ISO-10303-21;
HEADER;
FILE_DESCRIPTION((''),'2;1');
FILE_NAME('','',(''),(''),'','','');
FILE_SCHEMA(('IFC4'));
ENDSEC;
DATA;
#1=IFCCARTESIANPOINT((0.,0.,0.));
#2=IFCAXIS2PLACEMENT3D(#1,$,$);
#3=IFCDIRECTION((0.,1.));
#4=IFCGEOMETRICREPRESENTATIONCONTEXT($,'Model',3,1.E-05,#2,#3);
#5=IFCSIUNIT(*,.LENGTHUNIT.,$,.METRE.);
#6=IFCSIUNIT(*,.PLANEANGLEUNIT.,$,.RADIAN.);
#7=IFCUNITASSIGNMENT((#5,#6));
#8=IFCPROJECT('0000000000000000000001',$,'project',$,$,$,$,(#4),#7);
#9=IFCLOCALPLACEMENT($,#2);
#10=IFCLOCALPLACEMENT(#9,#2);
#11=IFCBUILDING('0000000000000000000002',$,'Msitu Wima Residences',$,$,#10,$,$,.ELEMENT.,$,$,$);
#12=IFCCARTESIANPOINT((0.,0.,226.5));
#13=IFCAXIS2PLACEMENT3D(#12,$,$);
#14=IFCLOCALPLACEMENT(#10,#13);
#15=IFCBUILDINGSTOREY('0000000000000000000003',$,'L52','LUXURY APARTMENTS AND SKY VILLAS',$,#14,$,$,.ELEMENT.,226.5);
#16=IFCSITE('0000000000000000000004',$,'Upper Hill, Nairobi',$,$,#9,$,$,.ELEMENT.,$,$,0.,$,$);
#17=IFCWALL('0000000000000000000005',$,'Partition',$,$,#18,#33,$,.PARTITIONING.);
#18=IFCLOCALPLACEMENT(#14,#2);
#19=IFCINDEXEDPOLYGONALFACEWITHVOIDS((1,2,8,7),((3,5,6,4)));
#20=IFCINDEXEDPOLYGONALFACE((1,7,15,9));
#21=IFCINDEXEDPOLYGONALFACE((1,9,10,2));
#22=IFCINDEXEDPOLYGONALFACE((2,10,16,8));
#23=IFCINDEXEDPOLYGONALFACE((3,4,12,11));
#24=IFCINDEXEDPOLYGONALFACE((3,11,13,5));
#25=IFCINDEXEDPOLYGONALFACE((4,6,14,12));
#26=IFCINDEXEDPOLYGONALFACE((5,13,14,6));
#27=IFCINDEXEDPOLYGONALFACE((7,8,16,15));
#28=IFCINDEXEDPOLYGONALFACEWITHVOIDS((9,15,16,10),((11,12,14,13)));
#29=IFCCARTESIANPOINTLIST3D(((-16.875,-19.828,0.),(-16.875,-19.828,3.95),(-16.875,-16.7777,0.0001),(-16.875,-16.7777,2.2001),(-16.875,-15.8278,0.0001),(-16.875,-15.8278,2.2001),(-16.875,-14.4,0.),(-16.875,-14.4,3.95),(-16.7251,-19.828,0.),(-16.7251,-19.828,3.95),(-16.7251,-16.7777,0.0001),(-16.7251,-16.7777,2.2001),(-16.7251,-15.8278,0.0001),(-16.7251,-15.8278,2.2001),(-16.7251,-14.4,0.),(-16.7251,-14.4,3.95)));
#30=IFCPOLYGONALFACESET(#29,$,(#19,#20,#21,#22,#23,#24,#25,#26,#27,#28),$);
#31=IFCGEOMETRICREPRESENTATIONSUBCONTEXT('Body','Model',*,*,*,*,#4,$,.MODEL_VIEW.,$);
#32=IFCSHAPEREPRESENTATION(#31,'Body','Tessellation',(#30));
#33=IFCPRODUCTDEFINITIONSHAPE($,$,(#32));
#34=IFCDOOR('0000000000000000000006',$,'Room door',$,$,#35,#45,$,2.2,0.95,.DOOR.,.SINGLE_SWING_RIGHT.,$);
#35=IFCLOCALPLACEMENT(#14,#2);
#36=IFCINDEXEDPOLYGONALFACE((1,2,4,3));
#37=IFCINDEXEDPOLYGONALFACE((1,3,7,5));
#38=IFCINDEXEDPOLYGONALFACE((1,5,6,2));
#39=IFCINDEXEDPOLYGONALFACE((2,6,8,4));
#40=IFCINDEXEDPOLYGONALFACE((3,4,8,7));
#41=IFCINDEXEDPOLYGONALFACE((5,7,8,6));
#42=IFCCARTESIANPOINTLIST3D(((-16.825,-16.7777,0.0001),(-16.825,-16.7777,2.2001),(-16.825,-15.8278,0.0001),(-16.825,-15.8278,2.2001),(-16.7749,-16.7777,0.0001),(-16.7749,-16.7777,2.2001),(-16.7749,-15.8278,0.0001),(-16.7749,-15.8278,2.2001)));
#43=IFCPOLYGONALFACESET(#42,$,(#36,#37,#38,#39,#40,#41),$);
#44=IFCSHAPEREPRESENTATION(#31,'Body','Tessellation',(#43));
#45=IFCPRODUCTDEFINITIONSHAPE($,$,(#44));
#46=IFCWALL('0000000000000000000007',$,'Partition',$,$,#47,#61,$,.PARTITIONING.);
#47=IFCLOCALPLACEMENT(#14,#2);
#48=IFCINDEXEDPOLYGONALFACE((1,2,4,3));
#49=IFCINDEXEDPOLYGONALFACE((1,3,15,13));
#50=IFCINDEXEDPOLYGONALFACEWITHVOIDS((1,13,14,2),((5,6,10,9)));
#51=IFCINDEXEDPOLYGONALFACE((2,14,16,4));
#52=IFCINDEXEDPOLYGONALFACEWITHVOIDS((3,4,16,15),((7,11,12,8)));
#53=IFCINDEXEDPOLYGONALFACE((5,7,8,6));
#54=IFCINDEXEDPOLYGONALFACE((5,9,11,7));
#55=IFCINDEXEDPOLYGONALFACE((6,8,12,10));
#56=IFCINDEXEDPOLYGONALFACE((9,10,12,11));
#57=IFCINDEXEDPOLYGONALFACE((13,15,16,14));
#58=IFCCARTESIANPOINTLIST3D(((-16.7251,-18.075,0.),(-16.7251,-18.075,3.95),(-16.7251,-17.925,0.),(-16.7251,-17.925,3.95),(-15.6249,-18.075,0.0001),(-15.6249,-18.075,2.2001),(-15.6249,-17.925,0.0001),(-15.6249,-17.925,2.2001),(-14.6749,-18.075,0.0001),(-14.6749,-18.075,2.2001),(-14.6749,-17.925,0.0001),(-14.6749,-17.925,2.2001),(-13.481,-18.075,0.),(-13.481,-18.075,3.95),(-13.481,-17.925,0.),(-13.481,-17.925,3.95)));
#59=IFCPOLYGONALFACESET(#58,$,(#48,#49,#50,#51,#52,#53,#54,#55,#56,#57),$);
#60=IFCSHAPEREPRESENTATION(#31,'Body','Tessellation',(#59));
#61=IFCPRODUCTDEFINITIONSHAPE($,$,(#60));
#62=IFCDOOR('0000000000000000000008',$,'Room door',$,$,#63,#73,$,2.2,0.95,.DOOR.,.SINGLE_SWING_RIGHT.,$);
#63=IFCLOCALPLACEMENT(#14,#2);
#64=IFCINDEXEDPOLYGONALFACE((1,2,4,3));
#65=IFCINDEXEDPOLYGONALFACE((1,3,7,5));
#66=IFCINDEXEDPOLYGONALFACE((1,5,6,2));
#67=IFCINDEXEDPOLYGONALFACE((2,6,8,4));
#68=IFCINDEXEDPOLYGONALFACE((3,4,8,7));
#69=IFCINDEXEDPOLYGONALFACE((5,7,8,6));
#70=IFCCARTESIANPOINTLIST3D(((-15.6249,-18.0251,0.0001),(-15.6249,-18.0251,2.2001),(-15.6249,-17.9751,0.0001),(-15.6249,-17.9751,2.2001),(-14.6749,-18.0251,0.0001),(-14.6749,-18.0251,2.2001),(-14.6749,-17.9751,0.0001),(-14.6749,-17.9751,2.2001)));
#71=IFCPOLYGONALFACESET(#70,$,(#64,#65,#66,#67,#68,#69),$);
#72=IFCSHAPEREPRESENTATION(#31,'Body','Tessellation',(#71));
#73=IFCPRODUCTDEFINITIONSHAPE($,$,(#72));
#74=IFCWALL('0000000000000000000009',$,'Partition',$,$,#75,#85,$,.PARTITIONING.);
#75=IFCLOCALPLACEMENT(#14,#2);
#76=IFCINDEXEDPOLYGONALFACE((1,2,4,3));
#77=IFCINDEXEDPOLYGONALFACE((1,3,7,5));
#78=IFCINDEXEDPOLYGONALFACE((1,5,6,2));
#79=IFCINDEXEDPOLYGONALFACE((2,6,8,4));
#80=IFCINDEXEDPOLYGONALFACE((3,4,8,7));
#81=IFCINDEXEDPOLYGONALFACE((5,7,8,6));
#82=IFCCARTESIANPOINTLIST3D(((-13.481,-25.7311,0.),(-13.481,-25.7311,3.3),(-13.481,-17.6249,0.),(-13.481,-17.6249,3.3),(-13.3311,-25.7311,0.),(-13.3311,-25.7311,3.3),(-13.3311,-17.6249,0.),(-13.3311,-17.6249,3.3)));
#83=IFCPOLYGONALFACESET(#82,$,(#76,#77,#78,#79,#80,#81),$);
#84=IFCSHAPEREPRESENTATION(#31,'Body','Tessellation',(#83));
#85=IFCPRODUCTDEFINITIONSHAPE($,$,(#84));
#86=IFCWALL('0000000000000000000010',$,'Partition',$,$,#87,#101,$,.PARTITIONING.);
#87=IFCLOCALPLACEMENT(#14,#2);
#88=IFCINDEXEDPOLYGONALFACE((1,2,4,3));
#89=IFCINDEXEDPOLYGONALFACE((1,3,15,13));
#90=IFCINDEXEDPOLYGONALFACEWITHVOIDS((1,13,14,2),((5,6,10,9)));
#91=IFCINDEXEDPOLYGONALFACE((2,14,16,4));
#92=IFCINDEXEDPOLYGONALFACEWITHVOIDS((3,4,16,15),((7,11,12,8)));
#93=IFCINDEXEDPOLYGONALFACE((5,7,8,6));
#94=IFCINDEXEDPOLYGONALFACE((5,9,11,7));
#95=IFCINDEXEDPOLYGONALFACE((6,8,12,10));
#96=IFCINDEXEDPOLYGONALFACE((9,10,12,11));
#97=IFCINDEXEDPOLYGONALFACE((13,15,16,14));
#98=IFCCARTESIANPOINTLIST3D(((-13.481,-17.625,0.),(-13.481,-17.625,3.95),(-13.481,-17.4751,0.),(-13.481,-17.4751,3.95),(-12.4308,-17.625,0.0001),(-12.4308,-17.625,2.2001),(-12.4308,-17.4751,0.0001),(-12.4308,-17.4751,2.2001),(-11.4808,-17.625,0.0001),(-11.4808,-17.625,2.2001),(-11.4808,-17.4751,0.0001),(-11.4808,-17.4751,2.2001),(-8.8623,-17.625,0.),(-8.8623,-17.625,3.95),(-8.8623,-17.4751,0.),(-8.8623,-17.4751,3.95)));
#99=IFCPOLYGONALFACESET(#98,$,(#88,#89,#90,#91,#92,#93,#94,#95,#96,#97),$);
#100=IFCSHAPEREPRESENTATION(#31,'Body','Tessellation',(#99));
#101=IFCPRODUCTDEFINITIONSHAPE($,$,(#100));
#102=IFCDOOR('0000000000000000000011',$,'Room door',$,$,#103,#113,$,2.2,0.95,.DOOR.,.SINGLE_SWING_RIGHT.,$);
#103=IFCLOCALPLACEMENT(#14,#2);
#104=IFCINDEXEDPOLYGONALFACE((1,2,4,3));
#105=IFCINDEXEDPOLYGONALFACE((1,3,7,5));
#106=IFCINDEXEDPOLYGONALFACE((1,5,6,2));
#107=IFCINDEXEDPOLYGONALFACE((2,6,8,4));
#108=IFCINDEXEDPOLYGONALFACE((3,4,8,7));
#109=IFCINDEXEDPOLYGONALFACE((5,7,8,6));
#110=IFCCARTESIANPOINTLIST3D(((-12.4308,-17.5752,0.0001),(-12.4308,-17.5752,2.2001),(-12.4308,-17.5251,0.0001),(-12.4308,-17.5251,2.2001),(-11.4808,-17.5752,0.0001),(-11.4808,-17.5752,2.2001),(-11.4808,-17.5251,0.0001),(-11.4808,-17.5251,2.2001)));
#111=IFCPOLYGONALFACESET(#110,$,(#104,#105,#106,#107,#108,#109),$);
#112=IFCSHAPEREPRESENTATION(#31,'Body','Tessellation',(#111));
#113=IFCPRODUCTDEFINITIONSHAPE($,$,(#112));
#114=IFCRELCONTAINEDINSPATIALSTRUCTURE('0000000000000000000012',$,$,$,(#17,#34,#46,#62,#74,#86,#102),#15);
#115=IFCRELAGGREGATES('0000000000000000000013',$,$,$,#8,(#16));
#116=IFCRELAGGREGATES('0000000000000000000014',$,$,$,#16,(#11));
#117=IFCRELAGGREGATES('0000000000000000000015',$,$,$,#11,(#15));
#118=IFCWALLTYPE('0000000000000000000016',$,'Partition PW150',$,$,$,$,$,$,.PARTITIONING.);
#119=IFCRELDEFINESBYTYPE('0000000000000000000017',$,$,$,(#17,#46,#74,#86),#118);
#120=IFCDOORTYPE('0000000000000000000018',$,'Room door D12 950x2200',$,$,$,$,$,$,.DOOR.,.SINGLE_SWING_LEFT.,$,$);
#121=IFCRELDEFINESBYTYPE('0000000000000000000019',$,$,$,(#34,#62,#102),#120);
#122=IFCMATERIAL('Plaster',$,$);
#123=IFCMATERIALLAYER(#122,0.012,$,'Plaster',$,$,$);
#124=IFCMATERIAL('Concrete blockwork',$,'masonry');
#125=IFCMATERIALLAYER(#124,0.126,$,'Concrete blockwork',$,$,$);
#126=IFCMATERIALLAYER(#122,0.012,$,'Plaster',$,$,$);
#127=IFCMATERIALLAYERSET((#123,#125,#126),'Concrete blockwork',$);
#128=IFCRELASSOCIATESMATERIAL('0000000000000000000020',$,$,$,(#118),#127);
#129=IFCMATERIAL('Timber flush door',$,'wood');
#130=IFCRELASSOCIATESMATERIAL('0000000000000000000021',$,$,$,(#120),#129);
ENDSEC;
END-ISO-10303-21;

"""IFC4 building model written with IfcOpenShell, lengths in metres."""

from ifc_helpers import new_model, si_unit, direction, frame, frame_2d, origin, place, context, subcontext, project, spatial, rectangle, extrude, material, layer, layer_set, type_object, element, fill, save


model = new_model("IFC4")

# Units and contexts
model_context = context("Model", 3, precision=1e-05, world=origin(), true_north=direction((0.0, 1.0)))
body_context = subcontext(model_context, "Body", "Model", "MODEL_VIEW")
ifc_project = project(units=[si_unit("LENGTHUNIT", "METRE"), si_unit("PLANEANGLEUNIT", "RADIAN")], contexts=[model_context])

# Site, building, storey
site_placement = place(None, origin())
site = spatial("IfcSite", under=ifc_project, at=site_placement, Name="Upper Hill, Nairobi", CompositionType="ELEMENT", RefElevation=0.0)
building_placement = place(site_placement, origin())
building = spatial("IfcBuilding", under=site, at=building_placement, Name="Msitu Wima Residences", CompositionType="ELEMENT")
storey_placement = place(building_placement, frame((0.0, 0.0, 226.5)))
storey = spatial("IfcBuildingStorey", under=building, at=storey_placement, Name="L52", Description="LUXURY APARTMENTS AND SKY VILLAS", CompositionType="ELEMENT", Elevation=226.5)

# Shared definitions
ifc_material_1 = material(Name="Plaster")
ifc_material_2 = material(Name="Concrete blockwork", Category="masonry")

# Shared definitions
ifc_layer_1 = layer(ifc_material_1, 0.012, Name="Plaster")
ifc_layer_2 = layer(ifc_material_2, 0.126, Name="Concrete blockwork")
ifc_layer_3 = layer(ifc_material_1, 0.012, Name="Plaster")
ifc_layer_set_1 = layer_set([ifc_layer_1, ifc_layer_2, ifc_layer_3], Name="Concrete blockwork")
wall_type_1 = type_object("IfcWallType", Name="Partition PW150", PredefinedType="PARTITIONING", material=ifc_layer_set_1)

# Shared definitions
ifc_material_3 = material(Name="Timber flush door", Category="wood")
door_type_1 = type_object("IfcDoorType", Name="Room door D12 950x2200", OperationType="SINGLE_SWING_LEFT", PredefinedType="DOOR", material=ifc_material_3)

# Walls, openings, doors
wall_1_placement = place(storey_placement, frame((-16.8, -19.8279, 0.0), z_axis=(0.0, 0.0, 1.0), x_axis=(0.0, 1.0, 0.0)))
wall_1 = element("IfcWall", 1, at=wall_1_placement, inside=storey, type_object=wall_type_1, Name="Partition", PredefinedType="PARTITIONING", context=body_context, shape_type="SweptSolid", body=[
    extrude(rectangle(XDim=5.428, YDim=0.1499, at=frame_2d((2.7139, 0.0))), origin(), (0.0, 0.0, 1.0), 3.95),
])
opening_1_placement = place(wall_1_placement, frame((3.05, 0.0, 0.0)))
opening_1 = element("IfcOpeningElement", 2, at=opening_1_placement, cuts=wall_1, PredefinedType="OPENING", context=body_context, shape_type="SweptSolid", body=[
    extrude(rectangle(XDim=0.95, YDim=2.2, at=frame_2d((0.4751, 1.1001))), frame((0.0, 0.085, 0.0), z_axis=(0.0, -1.0, 0.0), x_axis=(1.0, 0.0, 0.0)), (0.0, 0.0, 1.0), 0.1699),
])
door_1_placement = place(opening_1_placement, origin())
door_1 = element("IfcDoor", 3, at=door_1_placement, inside=storey, type_object=door_type_1, Name="Room door", OperationType="SINGLE_SWING_RIGHT", OverallHeight=2.2, OverallWidth=0.95, PredefinedType="DOOR", context=body_context, shape_type="SweptSolid", body=[
    extrude(rectangle(XDim=0.95, YDim=2.2, at=frame_2d((0.4751, 1.1001))), frame((0.0, 0.0249, 0.0), z_axis=(0.0, -1.0, 0.0), x_axis=(1.0, 0.0, 0.0)), (0.0, 0.0, 1.0), 0.05),
])
fill(opening_1, door_1)
wall_2_placement = place(storey_placement, frame((-16.7251, -18.0, 0.0), z_axis=(0.0, 0.0, 1.0), x_axis=(1.0, 0.0, 0.0)))
wall_2 = element("IfcWall", 4, at=wall_2_placement, inside=storey, type_object=wall_type_1, Name="Partition", PredefinedType="PARTITIONING", context=body_context, shape_type="SweptSolid", body=[
    extrude(rectangle(XDim=3.2441, YDim=0.1499, at=frame_2d((1.6221, 0.0))), origin(), (0.0, 0.0, 1.0), 3.95),
])
opening_2_placement = place(wall_2_placement, frame((1.1001, 0.0, 0.0)))
opening_2 = element("IfcOpeningElement", 5, at=opening_2_placement, cuts=wall_2, PredefinedType="OPENING", context=body_context, shape_type="SweptSolid", body=[
    extrude(rectangle(XDim=0.95, YDim=2.2, at=frame_2d((0.4751, 1.1001))), frame((0.0, 0.085, 0.0), z_axis=(0.0, -1.0, 0.0), x_axis=(1.0, 0.0, 0.0)), (0.0, 0.0, 1.0), 0.1699),
])
door_2_placement = place(opening_2_placement, origin())
door_2 = element("IfcDoor", 6, at=door_2_placement, inside=storey, type_object=door_type_1, Name="Room door", OperationType="SINGLE_SWING_RIGHT", OverallHeight=2.2, OverallWidth=0.95, PredefinedType="DOOR", context=body_context, shape_type="SweptSolid", body=[
    extrude(rectangle(XDim=0.95, YDim=2.2, at=frame_2d((0.4751, 1.1001))), frame((0.0, 0.0249, 0.0), z_axis=(0.0, -1.0, 0.0), x_axis=(1.0, 0.0, 0.0)), (0.0, 0.0, 1.0), 0.05),
])
fill(opening_2, door_2)

# Wall
wall_3_placement = place(storey_placement, frame((-13.406, -25.7312, 0.0), z_axis=(0.0, 0.0, 1.0), x_axis=(0.0, 1.0, 0.0)))
element("IfcWall", 7, at=wall_3_placement, inside=storey, type_object=wall_type_1, Name="Partition", PredefinedType="PARTITIONING", context=body_context, shape_type="SweptSolid", body=[
    extrude(rectangle(XDim=8.1062, YDim=0.1499, at=frame_2d((4.0532, 0.0))), origin(), (0.0, 0.0, 1.0), 3.3),
])

# Wall, opening, door
wall_4_placement = place(storey_placement, frame((-13.481, -17.55, 0.0), z_axis=(0.0, 0.0, 1.0), x_axis=(1.0, 0.0, 0.0)))
wall_4 = element("IfcWall", 8, at=wall_4_placement, inside=storey, type_object=wall_type_1, Name="Partition", PredefinedType="PARTITIONING", context=body_context, shape_type="SweptSolid", body=[
    extrude(rectangle(XDim=4.6187, YDim=0.1499, at=frame_2d((2.3093, 0.0))), origin(), (0.0, 0.0, 1.0), 3.95),
])
opening_3_placement = place(wall_4_placement, frame((1.05, 0.0, 0.0)))
opening_3 = element("IfcOpeningElement", 9, at=opening_3_placement, cuts=wall_4, PredefinedType="OPENING", context=body_context, shape_type="SweptSolid", body=[
    extrude(rectangle(XDim=0.95, YDim=2.2, at=frame_2d((0.4751, 1.1001))), frame((0.0, 0.085, 0.0), z_axis=(0.0, -1.0, 0.0), x_axis=(1.0, 0.0, 0.0)), (0.0, 0.0, 1.0), 0.1699),
])
door_3_placement = place(opening_3_placement, origin())
door_3 = element("IfcDoor", 10, at=door_3_placement, inside=storey, type_object=door_type_1, Name="Room door", OperationType="SINGLE_SWING_RIGHT", OverallHeight=2.2, OverallWidth=0.95, PredefinedType="DOOR", context=body_context, shape_type="SweptSolid", body=[
    extrude(rectangle(XDim=0.95, YDim=2.2, at=frame_2d((0.4751, 1.1001))), frame((0.0, 0.0249, 0.0), z_axis=(0.0, -1.0, 0.0), x_axis=(1.0, 0.0, 0.0)), (0.0, 0.0, 1.0), 0.05),
])
fill(opening_3, door_3)

save(model, "model.ifc")
